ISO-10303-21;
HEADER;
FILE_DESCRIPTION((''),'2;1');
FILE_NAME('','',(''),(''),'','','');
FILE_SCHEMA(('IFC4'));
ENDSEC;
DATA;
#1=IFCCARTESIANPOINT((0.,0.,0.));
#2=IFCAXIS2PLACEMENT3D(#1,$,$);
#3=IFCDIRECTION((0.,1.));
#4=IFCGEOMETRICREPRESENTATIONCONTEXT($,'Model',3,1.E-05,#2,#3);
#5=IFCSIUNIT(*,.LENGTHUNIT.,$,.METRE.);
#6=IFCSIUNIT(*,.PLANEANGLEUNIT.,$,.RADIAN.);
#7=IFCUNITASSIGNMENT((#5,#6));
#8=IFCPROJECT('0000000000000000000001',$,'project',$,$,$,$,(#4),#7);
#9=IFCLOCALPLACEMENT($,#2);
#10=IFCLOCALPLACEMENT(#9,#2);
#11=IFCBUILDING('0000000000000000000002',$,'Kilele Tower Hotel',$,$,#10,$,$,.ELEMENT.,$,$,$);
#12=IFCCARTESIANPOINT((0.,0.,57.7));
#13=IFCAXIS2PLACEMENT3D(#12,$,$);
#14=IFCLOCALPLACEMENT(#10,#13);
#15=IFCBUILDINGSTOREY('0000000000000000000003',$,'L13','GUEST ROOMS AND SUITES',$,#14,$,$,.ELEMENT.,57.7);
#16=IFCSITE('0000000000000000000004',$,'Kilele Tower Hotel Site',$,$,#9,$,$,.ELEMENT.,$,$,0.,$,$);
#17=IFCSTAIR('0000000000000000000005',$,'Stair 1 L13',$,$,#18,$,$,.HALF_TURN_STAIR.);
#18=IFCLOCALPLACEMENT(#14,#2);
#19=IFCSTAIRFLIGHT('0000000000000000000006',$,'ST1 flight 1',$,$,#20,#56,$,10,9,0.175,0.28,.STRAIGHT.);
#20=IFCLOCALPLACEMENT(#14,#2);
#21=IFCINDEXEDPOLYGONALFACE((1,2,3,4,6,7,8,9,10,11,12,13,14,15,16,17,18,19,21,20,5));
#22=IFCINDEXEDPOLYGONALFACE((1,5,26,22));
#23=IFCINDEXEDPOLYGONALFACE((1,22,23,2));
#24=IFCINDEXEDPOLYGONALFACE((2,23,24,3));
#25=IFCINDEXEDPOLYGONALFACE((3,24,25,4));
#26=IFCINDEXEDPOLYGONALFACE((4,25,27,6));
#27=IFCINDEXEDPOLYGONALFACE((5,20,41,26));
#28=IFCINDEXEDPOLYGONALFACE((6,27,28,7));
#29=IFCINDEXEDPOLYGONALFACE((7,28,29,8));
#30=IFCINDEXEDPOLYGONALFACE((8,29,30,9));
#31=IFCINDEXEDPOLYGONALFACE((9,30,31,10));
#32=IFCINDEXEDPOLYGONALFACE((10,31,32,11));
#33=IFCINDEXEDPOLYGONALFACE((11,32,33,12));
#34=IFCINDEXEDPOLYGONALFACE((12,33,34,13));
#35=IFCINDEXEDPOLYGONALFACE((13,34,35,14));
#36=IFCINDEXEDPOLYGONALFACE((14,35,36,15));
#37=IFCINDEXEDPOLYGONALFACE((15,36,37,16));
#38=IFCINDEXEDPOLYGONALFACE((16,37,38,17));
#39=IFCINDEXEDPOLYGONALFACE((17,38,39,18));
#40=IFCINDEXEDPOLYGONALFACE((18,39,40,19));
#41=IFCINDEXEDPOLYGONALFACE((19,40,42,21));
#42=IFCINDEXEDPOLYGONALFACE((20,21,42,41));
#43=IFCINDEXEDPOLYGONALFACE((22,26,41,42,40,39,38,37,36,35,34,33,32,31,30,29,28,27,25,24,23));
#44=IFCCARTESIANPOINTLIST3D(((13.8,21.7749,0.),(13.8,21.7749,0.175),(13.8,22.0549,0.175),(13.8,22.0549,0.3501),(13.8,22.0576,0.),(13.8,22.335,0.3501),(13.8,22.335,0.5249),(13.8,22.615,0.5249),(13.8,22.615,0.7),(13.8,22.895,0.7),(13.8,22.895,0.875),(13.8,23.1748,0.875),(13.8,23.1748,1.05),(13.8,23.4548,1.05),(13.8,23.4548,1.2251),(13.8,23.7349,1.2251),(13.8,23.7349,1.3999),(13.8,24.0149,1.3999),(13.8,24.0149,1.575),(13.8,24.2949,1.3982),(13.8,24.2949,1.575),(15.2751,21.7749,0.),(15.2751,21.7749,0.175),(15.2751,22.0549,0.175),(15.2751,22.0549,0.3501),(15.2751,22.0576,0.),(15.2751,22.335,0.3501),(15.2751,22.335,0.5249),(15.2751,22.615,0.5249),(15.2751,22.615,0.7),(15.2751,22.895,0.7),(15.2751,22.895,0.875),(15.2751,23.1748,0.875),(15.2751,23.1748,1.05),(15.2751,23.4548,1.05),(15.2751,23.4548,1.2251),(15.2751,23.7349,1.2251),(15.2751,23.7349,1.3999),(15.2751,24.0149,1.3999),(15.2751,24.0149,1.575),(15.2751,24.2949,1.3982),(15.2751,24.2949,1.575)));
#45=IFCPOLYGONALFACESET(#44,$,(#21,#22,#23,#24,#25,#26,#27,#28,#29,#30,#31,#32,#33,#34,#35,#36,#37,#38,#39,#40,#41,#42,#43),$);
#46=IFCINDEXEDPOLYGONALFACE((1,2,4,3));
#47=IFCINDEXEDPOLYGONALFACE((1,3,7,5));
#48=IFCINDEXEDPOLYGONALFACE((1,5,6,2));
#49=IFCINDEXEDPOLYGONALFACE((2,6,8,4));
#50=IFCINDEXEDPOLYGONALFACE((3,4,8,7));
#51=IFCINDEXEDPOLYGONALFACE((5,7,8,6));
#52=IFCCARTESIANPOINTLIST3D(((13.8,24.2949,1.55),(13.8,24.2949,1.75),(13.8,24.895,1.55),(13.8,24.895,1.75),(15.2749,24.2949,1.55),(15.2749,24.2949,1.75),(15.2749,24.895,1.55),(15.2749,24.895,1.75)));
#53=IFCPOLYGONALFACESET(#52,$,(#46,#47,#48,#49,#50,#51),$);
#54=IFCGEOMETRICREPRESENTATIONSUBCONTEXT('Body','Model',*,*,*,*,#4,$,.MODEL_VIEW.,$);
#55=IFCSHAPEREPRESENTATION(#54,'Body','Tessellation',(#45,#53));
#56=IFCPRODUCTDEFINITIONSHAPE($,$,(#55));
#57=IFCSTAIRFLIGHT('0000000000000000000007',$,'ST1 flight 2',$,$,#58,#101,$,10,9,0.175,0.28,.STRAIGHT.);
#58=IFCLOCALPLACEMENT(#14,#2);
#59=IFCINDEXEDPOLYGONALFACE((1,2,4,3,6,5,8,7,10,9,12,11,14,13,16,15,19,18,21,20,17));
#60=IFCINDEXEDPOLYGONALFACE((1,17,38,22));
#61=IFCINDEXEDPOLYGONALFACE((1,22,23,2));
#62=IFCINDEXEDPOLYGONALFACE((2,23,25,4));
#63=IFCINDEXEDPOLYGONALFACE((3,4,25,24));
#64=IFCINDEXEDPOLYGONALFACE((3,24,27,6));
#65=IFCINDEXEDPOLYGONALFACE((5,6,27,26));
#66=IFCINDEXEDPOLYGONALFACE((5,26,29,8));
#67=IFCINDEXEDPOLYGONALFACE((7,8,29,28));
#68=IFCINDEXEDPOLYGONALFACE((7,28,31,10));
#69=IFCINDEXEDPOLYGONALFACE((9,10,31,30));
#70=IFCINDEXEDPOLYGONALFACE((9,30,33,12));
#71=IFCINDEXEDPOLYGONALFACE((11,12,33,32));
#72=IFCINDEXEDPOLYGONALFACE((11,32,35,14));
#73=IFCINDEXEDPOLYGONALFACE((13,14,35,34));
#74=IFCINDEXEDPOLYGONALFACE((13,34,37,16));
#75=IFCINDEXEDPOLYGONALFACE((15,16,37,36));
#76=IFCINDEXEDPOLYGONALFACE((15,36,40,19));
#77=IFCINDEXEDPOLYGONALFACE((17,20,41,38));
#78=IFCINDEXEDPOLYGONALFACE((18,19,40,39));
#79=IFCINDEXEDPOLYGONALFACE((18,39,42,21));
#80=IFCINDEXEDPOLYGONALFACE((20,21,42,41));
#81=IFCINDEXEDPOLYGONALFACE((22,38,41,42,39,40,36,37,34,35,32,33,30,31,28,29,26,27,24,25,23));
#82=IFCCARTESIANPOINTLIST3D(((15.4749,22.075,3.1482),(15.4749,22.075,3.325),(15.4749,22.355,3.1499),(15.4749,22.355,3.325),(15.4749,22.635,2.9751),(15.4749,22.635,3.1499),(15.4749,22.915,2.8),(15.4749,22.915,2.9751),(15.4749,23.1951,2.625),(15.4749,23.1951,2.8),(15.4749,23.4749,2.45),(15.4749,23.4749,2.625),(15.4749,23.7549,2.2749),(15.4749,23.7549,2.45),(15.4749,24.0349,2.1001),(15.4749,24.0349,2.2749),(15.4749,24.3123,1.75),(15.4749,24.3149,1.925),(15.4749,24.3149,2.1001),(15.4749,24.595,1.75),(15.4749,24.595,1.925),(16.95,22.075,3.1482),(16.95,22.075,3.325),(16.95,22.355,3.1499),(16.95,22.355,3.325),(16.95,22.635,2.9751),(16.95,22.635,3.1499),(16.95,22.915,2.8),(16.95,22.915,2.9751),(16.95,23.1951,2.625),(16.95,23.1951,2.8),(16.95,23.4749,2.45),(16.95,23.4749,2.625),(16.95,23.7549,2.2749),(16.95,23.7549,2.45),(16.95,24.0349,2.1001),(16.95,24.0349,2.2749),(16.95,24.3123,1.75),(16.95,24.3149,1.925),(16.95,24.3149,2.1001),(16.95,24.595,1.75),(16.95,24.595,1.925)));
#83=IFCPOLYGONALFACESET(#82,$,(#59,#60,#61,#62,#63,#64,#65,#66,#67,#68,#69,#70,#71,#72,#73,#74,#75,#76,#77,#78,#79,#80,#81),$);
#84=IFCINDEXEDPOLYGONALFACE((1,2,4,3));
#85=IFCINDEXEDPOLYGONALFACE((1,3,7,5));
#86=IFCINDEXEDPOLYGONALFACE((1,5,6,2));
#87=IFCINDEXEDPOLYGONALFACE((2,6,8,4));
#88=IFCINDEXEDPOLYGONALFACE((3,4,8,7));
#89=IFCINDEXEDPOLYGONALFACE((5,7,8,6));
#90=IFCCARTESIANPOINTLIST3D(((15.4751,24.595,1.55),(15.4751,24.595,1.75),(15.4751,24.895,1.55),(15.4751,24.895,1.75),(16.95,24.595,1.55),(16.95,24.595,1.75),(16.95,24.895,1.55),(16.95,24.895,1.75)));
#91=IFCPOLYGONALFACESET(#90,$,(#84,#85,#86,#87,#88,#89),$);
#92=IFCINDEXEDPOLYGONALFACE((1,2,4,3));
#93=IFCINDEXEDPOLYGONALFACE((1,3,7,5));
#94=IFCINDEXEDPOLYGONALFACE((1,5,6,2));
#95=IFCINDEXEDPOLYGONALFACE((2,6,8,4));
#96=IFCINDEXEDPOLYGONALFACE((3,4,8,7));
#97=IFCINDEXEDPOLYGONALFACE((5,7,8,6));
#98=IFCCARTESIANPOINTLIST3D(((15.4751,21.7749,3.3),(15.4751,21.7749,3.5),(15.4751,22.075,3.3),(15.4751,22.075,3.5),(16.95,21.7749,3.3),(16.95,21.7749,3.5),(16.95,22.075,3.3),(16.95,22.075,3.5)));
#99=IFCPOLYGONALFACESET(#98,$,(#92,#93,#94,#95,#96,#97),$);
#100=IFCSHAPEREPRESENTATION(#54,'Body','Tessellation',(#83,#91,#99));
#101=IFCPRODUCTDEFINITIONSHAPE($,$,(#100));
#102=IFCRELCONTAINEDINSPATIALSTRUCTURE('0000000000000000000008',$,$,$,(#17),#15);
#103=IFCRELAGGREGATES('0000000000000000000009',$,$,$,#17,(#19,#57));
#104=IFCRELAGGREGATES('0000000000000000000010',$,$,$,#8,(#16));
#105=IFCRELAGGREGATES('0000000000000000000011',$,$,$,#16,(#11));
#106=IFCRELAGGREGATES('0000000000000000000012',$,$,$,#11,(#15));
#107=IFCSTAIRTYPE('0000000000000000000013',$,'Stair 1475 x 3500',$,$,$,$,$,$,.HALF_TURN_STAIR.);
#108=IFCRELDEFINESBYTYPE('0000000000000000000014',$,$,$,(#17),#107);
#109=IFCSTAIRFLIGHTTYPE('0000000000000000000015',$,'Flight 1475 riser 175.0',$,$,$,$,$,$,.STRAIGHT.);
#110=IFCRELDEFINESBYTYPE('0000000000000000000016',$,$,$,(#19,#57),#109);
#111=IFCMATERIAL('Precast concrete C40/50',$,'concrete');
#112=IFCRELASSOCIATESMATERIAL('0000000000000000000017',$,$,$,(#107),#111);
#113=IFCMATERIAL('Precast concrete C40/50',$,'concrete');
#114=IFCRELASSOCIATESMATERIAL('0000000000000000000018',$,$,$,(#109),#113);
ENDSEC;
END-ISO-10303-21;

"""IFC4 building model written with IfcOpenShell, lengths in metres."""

from ifc_helpers import new_model, si_unit, direction, frame, origin, place, context, subcontext, project, spatial, polyline, outline, extrude, material, type_object, element, aggregate, save


model = new_model("IFC4")

# Units and contexts
model_context = context("Model", 3, precision=1e-05, world=origin(), true_north=direction((0.0, 1.0)))
body_context = subcontext(model_context, "Body", "Model", "MODEL_VIEW")
ifc_project = project(units=[si_unit("LENGTHUNIT", "METRE"), si_unit("PLANEANGLEUNIT", "RADIAN")], contexts=[model_context])

# Site, building, storey
site_placement = place(None, origin())
site = spatial("IfcSite", under=ifc_project, at=site_placement, Name="Kilele Tower Hotel Site", CompositionType="ELEMENT", RefElevation=0.0)
building_placement = place(site_placement, origin())
building = spatial("IfcBuilding", under=site, at=building_placement, Name="Kilele Tower Hotel", CompositionType="ELEMENT")
storey_placement = place(building_placement, frame((0.0, 0.0, 57.7)))
storey = spatial("IfcBuildingStorey", under=building, at=storey_placement, Name="L13", Description="GUEST ROOMS AND SUITES", CompositionType="ELEMENT", Elevation=57.7)

# Stair, stair flights
ifc_material_1 = material(Name="Precast concrete C40/50", Category="concrete")
stair_type = type_object("IfcStairType", Name="Stair 1475 x 3500", PredefinedType="HALF_TURN_STAIR", material=ifc_material_1)
stair_placement = place(storey_placement, origin())
stair = element("IfcStair", 1, at=stair_placement, inside=storey, type_object=stair_type, Name="Stair 1 L13", PredefinedType="HALF_TURN_STAIR")
ifc_material_2 = material(Name="Precast concrete C40/50", Category="concrete")
stair_flight_type = type_object("IfcStairFlightType", Name="Flight 1475 riser 175.0", PredefinedType="STRAIGHT", material=ifc_material_2)
stair_flight_1_placement = place(storey_placement, frame((14.5376, 21.7749, 0.0), z_axis=(0.0, 0.0, 1.0), x_axis=(0.0, 1.0, 0.0)))
stair_flight_1 = element("IfcStairFlight", 2, at=stair_flight_1_placement, type_object=stair_flight_type, Name="ST1 flight 1", NumberOfRisers=10, NumberOfTreads=9, PredefinedType="STRAIGHT", RiserHeight=0.175, TreadLength=0.28, context=body_context, shape_type="SweptSolid", body=[
    extrude(outline(polyline([(0.0, 0.0), (0.0, 0.175), (0.28, 0.175), (0.28, 0.3501), (0.5601, 0.3501), (0.5601, 0.5249), (0.8401, 0.5249), (0.8401, 0.7), (1.1201, 0.7), (1.1201, 0.875), (1.3999, 0.875), (1.3999, 1.05), (1.6799, 1.05), (1.6799, 1.2251), (1.96, 1.2251), (1.96, 1.3999), (2.24, 1.3999), (2.24, 1.575), (2.52, 1.575), (2.52, 1.75), (2.52, 1.3982), (0.2827, 0.0), (0.0, 0.0)])), frame((0.0, 0.7375, 0.0), z_axis=(0.0, -1.0, 0.0), x_axis=(1.0, 0.0, 0.0)), (0.0, 0.0, 1.0), 1.4751),
    extrude(outline(polyline([(2.52, 0.7375), (2.52, -0.7373), (3.1201, -0.7373), (3.1201, 0.7375), (2.52, 0.7375)])), frame((0.0, 0.0, 1.55)), (0.0, 0.0, 1.0), 0.2),
])
stair_flight_2_placement = place(storey_placement, frame((16.2124, 24.595, 1.75), z_axis=(0.0, 0.0, 1.0), x_axis=(0.0, -1.0, 0.0)))
stair_flight_2 = element("IfcStairFlight", 3, at=stair_flight_2_placement, type_object=stair_flight_type, Name="ST1 flight 2", NumberOfRisers=10, NumberOfTreads=9, PredefinedType="STRAIGHT", RiserHeight=0.175, TreadLength=0.28, context=body_context, shape_type="SweptSolid", body=[
    extrude(outline(polyline([(0.0, 0.0), (0.0, 0.175), (0.28, 0.175), (0.28, 0.3501), (0.5601, 0.3501), (0.5601, 0.5249), (0.8401, 0.5249), (0.8401, 0.7), (1.1201, 0.7), (1.1201, 0.875), (1.3999, 0.875), (1.3999, 1.05), (1.6799, 1.05), (1.6799, 1.2251), (1.96, 1.2251), (1.96, 1.3999), (2.24, 1.3999), (2.24, 1.575), (2.52, 1.575), (2.52, 1.75), (2.52, 1.3982), (0.2827, 0.0), (0.0, 0.0)])), frame((0.0, 0.7375, 0.0), z_axis=(0.0, -1.0, 0.0), x_axis=(1.0, 0.0, 0.0)), (0.0, 0.0, 1.0), 1.4751),
    extrude(outline(polyline([(0.0, -0.7373), (0.0, 0.7375), (-0.3, 0.7375), (-0.3, -0.7373), (0.0, -0.7373)])), frame((0.0, 0.0, -0.2)), (0.0, 0.0, 1.0), 0.2),
    extrude(outline(polyline([(2.8201, -0.7373), (2.8201, 0.7375), (2.52, 0.7375), (2.52, -0.7373), (2.8201, -0.7373)])), frame((0.0, 0.0, 1.55)), (0.0, 0.0, 1.0), 0.2),
])
aggregate(stair, [stair_flight_1, stair_flight_2])

save(model, "model.ifc")
